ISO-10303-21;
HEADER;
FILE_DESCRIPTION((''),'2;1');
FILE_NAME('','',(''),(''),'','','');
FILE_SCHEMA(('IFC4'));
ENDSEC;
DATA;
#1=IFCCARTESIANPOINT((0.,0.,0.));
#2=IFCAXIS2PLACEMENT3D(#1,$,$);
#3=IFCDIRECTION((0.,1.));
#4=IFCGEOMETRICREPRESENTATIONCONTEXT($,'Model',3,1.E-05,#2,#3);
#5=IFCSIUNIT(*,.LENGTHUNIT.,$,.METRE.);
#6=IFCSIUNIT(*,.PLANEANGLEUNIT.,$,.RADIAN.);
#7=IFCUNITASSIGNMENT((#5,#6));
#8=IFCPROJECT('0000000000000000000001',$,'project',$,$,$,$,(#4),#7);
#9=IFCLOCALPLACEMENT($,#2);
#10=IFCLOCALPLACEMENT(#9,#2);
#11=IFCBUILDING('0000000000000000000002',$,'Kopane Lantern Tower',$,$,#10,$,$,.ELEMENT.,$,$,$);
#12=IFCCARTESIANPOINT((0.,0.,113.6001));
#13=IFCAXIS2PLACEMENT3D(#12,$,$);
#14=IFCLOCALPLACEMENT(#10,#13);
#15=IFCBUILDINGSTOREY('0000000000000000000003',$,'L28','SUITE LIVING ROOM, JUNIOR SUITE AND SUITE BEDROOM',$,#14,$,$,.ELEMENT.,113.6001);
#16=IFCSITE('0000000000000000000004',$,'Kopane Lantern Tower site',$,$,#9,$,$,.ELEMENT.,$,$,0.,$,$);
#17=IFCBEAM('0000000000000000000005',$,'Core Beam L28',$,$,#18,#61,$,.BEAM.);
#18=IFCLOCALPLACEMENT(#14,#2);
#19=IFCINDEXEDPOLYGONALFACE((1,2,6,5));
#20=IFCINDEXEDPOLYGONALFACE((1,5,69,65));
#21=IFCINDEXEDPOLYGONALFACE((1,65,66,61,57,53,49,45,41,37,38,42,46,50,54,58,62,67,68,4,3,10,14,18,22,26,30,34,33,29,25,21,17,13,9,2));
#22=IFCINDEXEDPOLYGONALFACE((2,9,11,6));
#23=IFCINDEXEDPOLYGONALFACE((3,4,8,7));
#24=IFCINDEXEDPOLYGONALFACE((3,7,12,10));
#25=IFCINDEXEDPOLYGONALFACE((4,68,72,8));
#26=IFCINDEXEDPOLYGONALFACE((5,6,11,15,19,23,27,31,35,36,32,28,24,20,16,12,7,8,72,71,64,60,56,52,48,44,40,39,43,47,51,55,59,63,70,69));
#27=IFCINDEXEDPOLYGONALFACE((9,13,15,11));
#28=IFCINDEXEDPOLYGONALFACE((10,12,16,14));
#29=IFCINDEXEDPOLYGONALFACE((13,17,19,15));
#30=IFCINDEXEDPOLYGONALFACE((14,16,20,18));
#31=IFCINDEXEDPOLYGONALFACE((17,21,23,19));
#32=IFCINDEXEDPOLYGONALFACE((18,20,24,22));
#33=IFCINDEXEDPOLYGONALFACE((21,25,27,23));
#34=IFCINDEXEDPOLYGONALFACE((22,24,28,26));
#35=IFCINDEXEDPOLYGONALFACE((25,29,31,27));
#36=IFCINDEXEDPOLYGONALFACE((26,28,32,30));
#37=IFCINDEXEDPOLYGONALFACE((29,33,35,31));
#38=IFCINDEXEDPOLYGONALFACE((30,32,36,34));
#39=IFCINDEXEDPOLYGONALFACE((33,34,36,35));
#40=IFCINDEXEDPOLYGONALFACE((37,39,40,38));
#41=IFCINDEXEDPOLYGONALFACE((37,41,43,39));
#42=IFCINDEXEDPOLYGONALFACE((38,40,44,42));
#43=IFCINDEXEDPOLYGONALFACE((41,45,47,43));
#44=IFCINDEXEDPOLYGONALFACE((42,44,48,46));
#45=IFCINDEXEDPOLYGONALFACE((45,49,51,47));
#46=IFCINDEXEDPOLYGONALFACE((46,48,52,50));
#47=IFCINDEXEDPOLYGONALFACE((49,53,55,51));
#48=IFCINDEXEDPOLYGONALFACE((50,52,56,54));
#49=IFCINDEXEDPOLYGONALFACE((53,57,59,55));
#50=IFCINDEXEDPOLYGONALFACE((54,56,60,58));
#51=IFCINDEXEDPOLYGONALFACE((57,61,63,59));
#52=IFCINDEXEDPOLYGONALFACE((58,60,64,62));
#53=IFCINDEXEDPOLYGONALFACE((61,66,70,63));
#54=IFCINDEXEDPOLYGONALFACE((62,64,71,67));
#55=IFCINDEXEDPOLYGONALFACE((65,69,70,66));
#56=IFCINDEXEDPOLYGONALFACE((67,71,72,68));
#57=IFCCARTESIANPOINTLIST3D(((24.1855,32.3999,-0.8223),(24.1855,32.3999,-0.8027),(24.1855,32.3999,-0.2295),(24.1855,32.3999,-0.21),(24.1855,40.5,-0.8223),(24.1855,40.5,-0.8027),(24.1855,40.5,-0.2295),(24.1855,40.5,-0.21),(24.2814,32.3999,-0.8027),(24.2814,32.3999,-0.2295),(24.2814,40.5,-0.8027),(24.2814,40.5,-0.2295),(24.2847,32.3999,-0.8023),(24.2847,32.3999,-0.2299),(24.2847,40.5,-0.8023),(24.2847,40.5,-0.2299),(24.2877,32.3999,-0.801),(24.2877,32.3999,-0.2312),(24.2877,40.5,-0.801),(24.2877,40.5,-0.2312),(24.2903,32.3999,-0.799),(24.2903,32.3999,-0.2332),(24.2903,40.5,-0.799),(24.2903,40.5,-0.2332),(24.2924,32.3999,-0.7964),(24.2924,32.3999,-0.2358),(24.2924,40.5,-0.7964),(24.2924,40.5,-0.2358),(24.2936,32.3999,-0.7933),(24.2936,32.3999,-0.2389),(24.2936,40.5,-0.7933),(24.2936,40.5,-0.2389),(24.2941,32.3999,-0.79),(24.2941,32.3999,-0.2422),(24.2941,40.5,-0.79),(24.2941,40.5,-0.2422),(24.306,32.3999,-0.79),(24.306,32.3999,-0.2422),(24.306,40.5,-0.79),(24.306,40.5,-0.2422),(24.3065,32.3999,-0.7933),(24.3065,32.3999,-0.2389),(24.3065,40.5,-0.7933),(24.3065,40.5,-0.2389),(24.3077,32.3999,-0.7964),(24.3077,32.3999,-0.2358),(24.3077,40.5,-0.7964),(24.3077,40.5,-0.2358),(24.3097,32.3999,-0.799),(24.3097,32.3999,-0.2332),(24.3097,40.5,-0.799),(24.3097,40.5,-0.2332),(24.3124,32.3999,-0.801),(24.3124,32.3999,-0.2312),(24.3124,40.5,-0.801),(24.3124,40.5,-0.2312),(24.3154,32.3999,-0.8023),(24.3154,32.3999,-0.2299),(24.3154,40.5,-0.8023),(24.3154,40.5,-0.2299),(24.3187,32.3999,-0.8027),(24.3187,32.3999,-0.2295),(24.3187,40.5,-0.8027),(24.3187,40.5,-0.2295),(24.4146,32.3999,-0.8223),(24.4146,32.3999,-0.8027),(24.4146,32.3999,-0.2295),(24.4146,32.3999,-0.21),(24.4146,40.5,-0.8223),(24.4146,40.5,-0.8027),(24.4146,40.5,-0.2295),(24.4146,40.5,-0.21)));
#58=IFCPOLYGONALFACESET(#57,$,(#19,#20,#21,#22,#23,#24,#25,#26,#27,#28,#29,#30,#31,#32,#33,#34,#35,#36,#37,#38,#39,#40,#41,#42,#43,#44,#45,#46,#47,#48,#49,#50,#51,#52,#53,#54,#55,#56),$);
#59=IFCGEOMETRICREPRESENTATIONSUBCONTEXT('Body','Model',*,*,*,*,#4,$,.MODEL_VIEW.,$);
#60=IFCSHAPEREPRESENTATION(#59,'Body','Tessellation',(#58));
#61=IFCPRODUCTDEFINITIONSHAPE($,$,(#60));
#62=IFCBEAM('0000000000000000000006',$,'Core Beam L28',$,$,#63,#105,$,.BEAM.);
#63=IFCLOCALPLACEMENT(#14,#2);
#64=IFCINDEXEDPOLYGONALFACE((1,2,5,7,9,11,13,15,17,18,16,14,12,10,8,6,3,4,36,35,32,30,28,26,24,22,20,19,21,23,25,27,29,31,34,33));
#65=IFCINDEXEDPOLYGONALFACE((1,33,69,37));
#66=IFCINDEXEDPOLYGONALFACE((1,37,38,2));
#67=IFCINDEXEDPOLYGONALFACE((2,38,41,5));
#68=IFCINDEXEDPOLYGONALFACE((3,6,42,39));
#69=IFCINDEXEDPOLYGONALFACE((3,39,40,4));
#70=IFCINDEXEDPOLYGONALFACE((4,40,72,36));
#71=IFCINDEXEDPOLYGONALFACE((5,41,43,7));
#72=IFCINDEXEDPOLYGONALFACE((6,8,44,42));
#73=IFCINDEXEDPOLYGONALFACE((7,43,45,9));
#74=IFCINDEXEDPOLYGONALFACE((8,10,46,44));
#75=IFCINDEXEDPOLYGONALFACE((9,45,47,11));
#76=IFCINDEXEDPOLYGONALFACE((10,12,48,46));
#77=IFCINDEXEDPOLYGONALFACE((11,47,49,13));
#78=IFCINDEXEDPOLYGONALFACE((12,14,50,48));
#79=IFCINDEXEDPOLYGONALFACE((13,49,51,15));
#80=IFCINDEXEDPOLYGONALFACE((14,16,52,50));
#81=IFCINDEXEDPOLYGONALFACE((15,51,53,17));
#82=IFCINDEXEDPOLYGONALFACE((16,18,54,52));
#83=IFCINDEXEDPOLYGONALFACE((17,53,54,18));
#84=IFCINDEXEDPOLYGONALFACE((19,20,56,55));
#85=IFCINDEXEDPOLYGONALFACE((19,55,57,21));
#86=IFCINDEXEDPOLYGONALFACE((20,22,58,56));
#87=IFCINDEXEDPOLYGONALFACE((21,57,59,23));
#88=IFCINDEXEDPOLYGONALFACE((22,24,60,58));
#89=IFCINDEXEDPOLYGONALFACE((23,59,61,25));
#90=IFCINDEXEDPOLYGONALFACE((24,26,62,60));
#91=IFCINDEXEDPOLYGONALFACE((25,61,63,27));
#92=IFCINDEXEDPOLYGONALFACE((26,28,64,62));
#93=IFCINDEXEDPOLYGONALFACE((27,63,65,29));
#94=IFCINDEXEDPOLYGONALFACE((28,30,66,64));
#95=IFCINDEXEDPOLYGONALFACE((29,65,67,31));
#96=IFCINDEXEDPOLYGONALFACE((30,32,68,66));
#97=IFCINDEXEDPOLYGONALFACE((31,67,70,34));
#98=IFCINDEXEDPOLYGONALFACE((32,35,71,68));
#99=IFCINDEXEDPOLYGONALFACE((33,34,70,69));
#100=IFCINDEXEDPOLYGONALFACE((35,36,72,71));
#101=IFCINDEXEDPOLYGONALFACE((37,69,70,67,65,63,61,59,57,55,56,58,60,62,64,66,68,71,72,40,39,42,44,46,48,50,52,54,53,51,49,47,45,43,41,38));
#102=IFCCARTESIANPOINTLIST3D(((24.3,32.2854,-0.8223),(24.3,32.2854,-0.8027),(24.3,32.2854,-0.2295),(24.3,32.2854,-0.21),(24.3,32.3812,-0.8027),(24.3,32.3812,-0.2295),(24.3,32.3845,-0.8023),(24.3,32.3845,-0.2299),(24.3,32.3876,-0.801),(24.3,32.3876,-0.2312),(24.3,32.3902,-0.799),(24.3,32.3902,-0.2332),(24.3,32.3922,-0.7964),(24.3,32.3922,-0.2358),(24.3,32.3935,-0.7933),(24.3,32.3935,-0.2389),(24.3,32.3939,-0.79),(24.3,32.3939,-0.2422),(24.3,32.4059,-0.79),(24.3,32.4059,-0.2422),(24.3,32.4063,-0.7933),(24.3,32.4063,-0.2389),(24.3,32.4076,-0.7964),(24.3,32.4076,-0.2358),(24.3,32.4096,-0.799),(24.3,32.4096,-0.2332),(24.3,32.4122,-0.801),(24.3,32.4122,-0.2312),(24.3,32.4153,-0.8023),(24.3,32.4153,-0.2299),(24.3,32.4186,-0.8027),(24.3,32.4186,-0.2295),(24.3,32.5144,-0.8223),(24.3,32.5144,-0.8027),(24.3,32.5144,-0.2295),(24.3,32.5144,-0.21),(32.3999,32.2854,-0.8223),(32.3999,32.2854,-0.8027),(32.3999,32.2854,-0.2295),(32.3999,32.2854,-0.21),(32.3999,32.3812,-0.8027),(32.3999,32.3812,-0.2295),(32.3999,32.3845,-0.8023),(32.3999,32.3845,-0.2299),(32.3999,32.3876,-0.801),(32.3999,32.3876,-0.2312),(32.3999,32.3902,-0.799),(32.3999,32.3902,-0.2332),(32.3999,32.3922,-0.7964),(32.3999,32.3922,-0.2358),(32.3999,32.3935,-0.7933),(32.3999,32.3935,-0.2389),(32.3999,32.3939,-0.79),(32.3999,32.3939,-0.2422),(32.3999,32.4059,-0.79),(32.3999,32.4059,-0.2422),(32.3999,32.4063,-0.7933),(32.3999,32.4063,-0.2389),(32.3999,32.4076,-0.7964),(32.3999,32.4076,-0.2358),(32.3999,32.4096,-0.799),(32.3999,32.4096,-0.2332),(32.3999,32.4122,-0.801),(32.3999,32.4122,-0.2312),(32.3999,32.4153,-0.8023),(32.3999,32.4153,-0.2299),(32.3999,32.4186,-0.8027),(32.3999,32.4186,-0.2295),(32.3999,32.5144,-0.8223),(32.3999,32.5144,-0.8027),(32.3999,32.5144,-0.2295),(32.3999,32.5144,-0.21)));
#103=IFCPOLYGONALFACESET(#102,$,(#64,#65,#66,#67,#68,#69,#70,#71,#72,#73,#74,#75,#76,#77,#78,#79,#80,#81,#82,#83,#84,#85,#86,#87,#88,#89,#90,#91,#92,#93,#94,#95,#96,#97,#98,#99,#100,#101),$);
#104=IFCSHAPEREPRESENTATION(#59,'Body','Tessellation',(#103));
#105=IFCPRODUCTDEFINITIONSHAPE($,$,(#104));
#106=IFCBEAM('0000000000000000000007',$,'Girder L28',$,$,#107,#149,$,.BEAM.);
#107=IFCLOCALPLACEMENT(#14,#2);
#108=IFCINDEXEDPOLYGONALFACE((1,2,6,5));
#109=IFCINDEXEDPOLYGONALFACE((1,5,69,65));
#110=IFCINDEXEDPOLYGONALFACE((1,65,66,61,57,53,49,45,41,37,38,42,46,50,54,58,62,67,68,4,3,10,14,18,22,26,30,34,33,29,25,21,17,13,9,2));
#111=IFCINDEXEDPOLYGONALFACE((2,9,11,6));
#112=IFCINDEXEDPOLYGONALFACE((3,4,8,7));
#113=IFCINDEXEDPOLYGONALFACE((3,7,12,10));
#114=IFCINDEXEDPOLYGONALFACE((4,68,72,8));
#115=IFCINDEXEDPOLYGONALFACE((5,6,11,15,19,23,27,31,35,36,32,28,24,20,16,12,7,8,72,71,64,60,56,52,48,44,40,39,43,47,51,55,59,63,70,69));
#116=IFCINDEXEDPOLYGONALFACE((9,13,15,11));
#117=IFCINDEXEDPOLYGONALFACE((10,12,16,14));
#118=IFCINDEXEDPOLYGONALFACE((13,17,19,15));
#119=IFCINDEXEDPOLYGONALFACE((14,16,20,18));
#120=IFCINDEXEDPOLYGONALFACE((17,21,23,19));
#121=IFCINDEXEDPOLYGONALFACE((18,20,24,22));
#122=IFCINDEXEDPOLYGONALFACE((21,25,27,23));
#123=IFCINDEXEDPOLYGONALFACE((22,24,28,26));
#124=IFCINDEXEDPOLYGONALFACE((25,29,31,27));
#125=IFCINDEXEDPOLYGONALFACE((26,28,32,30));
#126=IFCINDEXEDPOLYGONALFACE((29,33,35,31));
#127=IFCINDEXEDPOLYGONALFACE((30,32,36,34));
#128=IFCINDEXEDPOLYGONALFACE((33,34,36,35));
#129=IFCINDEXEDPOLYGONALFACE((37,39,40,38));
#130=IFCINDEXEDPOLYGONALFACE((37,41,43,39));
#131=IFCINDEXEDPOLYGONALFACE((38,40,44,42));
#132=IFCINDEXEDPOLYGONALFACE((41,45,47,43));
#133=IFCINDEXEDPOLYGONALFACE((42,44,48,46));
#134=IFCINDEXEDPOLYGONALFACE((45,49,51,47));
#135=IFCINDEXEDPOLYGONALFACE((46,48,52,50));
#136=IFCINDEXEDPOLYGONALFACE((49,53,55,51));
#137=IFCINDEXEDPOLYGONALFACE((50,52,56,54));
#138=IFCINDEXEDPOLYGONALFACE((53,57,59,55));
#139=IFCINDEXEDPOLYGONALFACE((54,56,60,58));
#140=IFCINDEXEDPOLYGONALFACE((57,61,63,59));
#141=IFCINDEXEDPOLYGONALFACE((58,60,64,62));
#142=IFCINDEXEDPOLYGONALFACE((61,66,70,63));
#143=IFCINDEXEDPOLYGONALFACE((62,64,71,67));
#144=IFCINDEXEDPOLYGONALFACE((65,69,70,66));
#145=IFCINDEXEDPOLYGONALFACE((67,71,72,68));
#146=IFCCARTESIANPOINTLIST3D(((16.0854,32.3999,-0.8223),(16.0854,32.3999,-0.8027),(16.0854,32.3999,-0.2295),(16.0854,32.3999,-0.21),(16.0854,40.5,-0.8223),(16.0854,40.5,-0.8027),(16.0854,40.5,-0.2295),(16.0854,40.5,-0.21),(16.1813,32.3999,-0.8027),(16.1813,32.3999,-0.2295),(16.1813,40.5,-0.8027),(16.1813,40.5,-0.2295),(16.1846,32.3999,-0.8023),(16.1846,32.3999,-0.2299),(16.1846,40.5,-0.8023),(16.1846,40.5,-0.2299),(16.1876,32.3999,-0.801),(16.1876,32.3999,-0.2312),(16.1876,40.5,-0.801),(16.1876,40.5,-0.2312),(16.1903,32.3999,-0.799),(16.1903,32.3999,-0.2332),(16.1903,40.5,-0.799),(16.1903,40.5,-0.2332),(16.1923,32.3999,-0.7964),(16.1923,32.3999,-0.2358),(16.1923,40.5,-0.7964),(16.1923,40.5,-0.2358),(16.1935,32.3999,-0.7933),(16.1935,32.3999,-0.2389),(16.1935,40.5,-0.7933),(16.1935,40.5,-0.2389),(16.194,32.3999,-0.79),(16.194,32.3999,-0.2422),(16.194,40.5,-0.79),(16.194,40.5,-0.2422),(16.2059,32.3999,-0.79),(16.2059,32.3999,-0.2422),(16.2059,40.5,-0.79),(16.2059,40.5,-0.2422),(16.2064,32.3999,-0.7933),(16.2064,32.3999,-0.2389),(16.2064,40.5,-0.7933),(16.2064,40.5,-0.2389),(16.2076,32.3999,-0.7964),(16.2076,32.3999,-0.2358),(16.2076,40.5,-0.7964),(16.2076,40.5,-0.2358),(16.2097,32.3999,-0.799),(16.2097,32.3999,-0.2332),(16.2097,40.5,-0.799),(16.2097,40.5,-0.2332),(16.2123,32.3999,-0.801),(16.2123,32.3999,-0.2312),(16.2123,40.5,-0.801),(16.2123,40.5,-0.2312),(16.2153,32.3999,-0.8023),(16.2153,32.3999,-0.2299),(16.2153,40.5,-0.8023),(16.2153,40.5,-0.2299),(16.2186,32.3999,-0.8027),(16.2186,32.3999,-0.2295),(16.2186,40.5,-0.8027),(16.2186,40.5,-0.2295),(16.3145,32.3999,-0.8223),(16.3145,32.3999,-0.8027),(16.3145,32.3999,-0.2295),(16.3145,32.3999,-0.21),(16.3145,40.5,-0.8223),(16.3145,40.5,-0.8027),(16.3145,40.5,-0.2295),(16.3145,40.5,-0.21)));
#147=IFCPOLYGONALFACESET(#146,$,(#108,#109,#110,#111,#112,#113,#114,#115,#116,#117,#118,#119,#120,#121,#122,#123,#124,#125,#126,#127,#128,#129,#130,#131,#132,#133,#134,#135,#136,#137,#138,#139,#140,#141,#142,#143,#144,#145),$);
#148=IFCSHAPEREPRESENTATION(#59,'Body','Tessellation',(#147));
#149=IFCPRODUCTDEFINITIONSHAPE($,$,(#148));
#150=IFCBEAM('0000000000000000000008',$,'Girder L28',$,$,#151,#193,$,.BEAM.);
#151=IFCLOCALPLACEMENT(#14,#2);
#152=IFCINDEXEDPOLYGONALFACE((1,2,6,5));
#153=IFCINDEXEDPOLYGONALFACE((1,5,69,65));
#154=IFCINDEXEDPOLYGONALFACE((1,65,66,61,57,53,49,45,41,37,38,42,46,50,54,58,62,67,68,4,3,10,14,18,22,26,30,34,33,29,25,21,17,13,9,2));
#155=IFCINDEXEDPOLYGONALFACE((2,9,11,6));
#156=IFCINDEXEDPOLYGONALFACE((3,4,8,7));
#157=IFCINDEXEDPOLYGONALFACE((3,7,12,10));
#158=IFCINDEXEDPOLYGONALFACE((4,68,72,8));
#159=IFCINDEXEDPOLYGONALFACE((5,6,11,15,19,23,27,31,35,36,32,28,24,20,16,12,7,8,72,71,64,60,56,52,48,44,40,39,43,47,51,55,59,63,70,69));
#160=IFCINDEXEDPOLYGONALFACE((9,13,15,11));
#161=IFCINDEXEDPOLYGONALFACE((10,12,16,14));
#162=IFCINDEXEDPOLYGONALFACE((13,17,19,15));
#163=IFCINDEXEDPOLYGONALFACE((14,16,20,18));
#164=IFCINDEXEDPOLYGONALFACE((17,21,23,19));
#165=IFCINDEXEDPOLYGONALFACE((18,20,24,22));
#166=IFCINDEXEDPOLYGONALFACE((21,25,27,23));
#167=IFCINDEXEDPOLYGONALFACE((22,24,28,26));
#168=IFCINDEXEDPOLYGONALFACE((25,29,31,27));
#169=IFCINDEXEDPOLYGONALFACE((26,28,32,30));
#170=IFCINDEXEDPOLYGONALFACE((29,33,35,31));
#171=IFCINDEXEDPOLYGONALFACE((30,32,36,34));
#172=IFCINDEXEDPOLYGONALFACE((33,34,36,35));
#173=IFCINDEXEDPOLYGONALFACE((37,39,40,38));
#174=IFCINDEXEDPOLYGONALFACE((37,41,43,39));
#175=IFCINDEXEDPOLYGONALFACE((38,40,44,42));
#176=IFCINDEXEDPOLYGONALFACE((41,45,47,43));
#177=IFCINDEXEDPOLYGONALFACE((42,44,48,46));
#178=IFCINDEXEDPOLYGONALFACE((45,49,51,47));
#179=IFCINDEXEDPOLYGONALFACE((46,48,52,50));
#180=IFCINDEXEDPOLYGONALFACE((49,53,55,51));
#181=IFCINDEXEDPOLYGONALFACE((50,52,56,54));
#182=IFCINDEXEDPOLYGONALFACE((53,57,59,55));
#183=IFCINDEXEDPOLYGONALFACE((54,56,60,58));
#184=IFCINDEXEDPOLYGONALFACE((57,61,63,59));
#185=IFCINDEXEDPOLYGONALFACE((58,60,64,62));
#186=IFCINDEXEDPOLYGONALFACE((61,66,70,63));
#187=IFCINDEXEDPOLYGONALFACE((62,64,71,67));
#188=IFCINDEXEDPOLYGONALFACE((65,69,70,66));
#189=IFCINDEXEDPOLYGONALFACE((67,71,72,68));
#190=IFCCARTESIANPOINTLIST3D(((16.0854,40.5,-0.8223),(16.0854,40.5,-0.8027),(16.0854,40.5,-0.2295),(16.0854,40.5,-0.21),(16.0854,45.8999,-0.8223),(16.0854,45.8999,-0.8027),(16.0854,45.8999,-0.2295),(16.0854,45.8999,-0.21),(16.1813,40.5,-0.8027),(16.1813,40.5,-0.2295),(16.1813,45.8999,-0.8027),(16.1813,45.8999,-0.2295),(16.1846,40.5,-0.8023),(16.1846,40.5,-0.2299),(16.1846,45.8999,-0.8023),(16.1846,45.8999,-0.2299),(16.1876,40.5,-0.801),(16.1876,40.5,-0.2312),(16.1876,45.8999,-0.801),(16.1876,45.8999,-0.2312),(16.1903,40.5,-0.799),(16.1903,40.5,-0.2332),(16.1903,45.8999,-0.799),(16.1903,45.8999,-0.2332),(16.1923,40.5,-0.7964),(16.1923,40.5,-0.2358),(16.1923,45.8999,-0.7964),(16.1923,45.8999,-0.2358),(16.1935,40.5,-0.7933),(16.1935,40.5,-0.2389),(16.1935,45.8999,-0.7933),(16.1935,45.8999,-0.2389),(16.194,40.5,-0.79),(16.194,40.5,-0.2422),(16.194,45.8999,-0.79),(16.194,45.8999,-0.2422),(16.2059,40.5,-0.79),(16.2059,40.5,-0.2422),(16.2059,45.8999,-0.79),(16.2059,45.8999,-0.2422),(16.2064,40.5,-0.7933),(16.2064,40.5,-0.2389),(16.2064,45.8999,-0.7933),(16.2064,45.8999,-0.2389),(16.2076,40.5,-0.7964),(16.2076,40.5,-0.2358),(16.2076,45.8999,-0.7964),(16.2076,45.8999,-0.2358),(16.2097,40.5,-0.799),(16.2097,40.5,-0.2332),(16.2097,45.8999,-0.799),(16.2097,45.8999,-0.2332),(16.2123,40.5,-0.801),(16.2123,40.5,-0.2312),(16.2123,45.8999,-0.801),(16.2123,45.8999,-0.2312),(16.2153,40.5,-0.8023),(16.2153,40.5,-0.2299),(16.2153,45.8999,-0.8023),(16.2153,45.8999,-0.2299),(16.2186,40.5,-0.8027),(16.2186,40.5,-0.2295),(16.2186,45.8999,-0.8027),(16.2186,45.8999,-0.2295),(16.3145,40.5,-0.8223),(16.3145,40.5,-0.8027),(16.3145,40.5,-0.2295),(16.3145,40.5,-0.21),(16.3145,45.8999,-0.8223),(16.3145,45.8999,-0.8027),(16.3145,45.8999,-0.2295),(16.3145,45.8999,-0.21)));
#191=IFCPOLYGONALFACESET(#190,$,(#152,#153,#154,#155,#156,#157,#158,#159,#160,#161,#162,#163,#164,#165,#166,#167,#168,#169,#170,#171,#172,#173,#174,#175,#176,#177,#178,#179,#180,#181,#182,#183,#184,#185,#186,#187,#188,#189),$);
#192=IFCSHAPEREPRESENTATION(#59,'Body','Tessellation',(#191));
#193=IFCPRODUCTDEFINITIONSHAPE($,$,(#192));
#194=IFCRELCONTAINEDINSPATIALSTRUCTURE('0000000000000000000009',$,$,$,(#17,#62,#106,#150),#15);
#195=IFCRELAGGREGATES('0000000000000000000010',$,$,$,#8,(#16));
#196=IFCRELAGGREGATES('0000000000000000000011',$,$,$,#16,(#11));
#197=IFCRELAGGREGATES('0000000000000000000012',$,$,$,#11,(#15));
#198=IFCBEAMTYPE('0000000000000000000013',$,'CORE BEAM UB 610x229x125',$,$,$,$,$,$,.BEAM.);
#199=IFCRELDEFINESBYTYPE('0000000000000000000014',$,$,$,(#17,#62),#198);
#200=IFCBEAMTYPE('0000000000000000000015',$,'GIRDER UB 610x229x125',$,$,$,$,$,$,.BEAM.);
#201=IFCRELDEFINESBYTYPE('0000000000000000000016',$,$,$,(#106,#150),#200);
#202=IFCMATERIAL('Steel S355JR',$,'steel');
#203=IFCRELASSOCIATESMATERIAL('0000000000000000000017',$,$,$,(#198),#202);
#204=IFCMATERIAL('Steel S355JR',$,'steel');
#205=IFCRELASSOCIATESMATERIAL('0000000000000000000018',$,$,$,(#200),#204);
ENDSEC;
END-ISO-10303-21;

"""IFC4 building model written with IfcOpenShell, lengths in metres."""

from ifc_helpers import new_model, si_unit, direction, frame, origin, origin_2d, place, context, subcontext, project, spatial, i_section, extrude, material, material_profile, profile_set, type_object, element, save


model = new_model("IFC4")

# Units and contexts
model_context = context("Model", 3, precision=1e-05, world=origin(), true_north=direction((0.0, 1.0)))
body_context = subcontext(model_context, "Body", "Model", "MODEL_VIEW")
ifc_project = project(units=[si_unit("LENGTHUNIT", "METRE"), si_unit("PLANEANGLEUNIT", "RADIAN")], contexts=[model_context])

# Site, building, storey
site_placement = place(None, origin())
site = spatial("IfcSite", under=ifc_project, at=site_placement, Name="Kopane Lantern Tower site", CompositionType="ELEMENT", RefElevation=0.0)
building_placement = place(site_placement, origin())
building = spatial("IfcBuilding", under=site, at=building_placement, Name="Kopane Lantern Tower", CompositionType="ELEMENT")
storey_placement = place(building_placement, frame((0.0, 0.0, 113.6001)))
storey = spatial("IfcBuildingStorey", under=building, at=storey_placement, Name="L28", Description="SUITE LIVING ROOM, JUNIOR SUITE AND SUITE BEDROOM", CompositionType="ELEMENT", Elevation=113.6001)

# Beams
ifc_material_1 = material(Name="Steel S355JR", Category="steel")
ifc_material_profile_1 = material_profile(ifc_material_1, i_section(OverallWidth=0.229, OverallDepth=0.6123, WebThickness=0.012, FlangeThickness=0.0195, FilletRadius=0.0127, at=origin_2d()), Name="UB 610x229x125")
ifc_profile_set_1 = profile_set([ifc_material_profile_1], Name="Steel S355JR")
beam_type_1 = type_object("IfcBeamType", Name="CORE BEAM UB 610x229x125", PredefinedType="BEAM", material=ifc_profile_set_1)
for number, where, z_axis, x_axis, name in (
    (1, (24.3, 32.3999, -0.5161), (0.0, 1.0, 0.0), (-1.0, 0.0, 0.0), "Core Beam L28"),
):
    element("IfcBeam", number, at=place(storey_placement, frame(where, z_axis=z_axis, x_axis=x_axis)), inside=storey, type_object=beam_type_1, Name=name, PredefinedType="BEAM", context=body_context, shape_type="SweptSolid", body=[
        extrude(i_section(OverallWidth=0.229, OverallDepth=0.6123, WebThickness=0.012, FlangeThickness=0.0195, FilletRadius=0.0127, at=origin_2d()), origin(), (0.0, 0.0, 1.0), 8.1001),
    ])
beam_1_placement = place(storey_placement, frame((24.3, 32.3999, -0.5161), z_axis=(1.0, 0.0, 0.0), x_axis=(0.0, 1.0, 0.0)))
element("IfcBeam", 2, at=beam_1_placement, inside=storey, type_object=beam_type_1, Name="Core Beam L28", PredefinedType="BEAM", context=body_context, shape_type="SweptSolid", body=[
    extrude(i_section(OverallWidth=0.229, OverallDepth=0.6123, WebThickness=0.012, FlangeThickness=0.0195, FilletRadius=0.0127, at=origin_2d()), origin(), (0.0, 0.0, 1.0), 8.0999),
])
ifc_material_2 = material(Name="Steel S355JR", Category="steel")
ifc_material_profile_2 = material_profile(ifc_material_2, i_section(OverallWidth=0.229, OverallDepth=0.6123, WebThickness=0.012, FlangeThickness=0.0195, FilletRadius=0.0127, at=origin_2d()), Name="UB 610x229x125")
ifc_profile_set_2 = profile_set([ifc_material_profile_2], Name="Steel S355JR")
beam_type_2 = type_object("IfcBeamType", Name="GIRDER UB 610x229x125", PredefinedType="BEAM", material=ifc_profile_set_2)
beam_2_placement = place(storey_placement, frame((16.2, 32.3999, -0.5161), z_axis=(0.0, 1.0, 0.0), x_axis=(-1.0, 0.0, 0.0)))
element("IfcBeam", 3, at=beam_2_placement, inside=storey, type_object=beam_type_2, Name="Girder L28", PredefinedType="BEAM", context=body_context, shape_type="SweptSolid", body=[
    extrude(i_section(OverallWidth=0.229, OverallDepth=0.6123, WebThickness=0.012, FlangeThickness=0.0195, FilletRadius=0.0127, at=origin_2d()), origin(), (0.0, 0.0, 1.0), 8.1001),
])
beam_3_placement = place(storey_placement, frame((16.2, 40.5, -0.5161), z_axis=(0.0, 1.0, 0.0), x_axis=(-1.0, 0.0, 0.0)))
element("IfcBeam", 4, at=beam_3_placement, inside=storey, type_object=beam_type_2, Name="Girder L28", PredefinedType="BEAM", context=body_context, shape_type="SweptSolid", body=[
    extrude(i_section(OverallWidth=0.229, OverallDepth=0.6123, WebThickness=0.012, FlangeThickness=0.0195, FilletRadius=0.0127, at=origin_2d()), origin(), (0.0, 0.0, 1.0), 5.3999),
])

save(model, "model.ifc")
